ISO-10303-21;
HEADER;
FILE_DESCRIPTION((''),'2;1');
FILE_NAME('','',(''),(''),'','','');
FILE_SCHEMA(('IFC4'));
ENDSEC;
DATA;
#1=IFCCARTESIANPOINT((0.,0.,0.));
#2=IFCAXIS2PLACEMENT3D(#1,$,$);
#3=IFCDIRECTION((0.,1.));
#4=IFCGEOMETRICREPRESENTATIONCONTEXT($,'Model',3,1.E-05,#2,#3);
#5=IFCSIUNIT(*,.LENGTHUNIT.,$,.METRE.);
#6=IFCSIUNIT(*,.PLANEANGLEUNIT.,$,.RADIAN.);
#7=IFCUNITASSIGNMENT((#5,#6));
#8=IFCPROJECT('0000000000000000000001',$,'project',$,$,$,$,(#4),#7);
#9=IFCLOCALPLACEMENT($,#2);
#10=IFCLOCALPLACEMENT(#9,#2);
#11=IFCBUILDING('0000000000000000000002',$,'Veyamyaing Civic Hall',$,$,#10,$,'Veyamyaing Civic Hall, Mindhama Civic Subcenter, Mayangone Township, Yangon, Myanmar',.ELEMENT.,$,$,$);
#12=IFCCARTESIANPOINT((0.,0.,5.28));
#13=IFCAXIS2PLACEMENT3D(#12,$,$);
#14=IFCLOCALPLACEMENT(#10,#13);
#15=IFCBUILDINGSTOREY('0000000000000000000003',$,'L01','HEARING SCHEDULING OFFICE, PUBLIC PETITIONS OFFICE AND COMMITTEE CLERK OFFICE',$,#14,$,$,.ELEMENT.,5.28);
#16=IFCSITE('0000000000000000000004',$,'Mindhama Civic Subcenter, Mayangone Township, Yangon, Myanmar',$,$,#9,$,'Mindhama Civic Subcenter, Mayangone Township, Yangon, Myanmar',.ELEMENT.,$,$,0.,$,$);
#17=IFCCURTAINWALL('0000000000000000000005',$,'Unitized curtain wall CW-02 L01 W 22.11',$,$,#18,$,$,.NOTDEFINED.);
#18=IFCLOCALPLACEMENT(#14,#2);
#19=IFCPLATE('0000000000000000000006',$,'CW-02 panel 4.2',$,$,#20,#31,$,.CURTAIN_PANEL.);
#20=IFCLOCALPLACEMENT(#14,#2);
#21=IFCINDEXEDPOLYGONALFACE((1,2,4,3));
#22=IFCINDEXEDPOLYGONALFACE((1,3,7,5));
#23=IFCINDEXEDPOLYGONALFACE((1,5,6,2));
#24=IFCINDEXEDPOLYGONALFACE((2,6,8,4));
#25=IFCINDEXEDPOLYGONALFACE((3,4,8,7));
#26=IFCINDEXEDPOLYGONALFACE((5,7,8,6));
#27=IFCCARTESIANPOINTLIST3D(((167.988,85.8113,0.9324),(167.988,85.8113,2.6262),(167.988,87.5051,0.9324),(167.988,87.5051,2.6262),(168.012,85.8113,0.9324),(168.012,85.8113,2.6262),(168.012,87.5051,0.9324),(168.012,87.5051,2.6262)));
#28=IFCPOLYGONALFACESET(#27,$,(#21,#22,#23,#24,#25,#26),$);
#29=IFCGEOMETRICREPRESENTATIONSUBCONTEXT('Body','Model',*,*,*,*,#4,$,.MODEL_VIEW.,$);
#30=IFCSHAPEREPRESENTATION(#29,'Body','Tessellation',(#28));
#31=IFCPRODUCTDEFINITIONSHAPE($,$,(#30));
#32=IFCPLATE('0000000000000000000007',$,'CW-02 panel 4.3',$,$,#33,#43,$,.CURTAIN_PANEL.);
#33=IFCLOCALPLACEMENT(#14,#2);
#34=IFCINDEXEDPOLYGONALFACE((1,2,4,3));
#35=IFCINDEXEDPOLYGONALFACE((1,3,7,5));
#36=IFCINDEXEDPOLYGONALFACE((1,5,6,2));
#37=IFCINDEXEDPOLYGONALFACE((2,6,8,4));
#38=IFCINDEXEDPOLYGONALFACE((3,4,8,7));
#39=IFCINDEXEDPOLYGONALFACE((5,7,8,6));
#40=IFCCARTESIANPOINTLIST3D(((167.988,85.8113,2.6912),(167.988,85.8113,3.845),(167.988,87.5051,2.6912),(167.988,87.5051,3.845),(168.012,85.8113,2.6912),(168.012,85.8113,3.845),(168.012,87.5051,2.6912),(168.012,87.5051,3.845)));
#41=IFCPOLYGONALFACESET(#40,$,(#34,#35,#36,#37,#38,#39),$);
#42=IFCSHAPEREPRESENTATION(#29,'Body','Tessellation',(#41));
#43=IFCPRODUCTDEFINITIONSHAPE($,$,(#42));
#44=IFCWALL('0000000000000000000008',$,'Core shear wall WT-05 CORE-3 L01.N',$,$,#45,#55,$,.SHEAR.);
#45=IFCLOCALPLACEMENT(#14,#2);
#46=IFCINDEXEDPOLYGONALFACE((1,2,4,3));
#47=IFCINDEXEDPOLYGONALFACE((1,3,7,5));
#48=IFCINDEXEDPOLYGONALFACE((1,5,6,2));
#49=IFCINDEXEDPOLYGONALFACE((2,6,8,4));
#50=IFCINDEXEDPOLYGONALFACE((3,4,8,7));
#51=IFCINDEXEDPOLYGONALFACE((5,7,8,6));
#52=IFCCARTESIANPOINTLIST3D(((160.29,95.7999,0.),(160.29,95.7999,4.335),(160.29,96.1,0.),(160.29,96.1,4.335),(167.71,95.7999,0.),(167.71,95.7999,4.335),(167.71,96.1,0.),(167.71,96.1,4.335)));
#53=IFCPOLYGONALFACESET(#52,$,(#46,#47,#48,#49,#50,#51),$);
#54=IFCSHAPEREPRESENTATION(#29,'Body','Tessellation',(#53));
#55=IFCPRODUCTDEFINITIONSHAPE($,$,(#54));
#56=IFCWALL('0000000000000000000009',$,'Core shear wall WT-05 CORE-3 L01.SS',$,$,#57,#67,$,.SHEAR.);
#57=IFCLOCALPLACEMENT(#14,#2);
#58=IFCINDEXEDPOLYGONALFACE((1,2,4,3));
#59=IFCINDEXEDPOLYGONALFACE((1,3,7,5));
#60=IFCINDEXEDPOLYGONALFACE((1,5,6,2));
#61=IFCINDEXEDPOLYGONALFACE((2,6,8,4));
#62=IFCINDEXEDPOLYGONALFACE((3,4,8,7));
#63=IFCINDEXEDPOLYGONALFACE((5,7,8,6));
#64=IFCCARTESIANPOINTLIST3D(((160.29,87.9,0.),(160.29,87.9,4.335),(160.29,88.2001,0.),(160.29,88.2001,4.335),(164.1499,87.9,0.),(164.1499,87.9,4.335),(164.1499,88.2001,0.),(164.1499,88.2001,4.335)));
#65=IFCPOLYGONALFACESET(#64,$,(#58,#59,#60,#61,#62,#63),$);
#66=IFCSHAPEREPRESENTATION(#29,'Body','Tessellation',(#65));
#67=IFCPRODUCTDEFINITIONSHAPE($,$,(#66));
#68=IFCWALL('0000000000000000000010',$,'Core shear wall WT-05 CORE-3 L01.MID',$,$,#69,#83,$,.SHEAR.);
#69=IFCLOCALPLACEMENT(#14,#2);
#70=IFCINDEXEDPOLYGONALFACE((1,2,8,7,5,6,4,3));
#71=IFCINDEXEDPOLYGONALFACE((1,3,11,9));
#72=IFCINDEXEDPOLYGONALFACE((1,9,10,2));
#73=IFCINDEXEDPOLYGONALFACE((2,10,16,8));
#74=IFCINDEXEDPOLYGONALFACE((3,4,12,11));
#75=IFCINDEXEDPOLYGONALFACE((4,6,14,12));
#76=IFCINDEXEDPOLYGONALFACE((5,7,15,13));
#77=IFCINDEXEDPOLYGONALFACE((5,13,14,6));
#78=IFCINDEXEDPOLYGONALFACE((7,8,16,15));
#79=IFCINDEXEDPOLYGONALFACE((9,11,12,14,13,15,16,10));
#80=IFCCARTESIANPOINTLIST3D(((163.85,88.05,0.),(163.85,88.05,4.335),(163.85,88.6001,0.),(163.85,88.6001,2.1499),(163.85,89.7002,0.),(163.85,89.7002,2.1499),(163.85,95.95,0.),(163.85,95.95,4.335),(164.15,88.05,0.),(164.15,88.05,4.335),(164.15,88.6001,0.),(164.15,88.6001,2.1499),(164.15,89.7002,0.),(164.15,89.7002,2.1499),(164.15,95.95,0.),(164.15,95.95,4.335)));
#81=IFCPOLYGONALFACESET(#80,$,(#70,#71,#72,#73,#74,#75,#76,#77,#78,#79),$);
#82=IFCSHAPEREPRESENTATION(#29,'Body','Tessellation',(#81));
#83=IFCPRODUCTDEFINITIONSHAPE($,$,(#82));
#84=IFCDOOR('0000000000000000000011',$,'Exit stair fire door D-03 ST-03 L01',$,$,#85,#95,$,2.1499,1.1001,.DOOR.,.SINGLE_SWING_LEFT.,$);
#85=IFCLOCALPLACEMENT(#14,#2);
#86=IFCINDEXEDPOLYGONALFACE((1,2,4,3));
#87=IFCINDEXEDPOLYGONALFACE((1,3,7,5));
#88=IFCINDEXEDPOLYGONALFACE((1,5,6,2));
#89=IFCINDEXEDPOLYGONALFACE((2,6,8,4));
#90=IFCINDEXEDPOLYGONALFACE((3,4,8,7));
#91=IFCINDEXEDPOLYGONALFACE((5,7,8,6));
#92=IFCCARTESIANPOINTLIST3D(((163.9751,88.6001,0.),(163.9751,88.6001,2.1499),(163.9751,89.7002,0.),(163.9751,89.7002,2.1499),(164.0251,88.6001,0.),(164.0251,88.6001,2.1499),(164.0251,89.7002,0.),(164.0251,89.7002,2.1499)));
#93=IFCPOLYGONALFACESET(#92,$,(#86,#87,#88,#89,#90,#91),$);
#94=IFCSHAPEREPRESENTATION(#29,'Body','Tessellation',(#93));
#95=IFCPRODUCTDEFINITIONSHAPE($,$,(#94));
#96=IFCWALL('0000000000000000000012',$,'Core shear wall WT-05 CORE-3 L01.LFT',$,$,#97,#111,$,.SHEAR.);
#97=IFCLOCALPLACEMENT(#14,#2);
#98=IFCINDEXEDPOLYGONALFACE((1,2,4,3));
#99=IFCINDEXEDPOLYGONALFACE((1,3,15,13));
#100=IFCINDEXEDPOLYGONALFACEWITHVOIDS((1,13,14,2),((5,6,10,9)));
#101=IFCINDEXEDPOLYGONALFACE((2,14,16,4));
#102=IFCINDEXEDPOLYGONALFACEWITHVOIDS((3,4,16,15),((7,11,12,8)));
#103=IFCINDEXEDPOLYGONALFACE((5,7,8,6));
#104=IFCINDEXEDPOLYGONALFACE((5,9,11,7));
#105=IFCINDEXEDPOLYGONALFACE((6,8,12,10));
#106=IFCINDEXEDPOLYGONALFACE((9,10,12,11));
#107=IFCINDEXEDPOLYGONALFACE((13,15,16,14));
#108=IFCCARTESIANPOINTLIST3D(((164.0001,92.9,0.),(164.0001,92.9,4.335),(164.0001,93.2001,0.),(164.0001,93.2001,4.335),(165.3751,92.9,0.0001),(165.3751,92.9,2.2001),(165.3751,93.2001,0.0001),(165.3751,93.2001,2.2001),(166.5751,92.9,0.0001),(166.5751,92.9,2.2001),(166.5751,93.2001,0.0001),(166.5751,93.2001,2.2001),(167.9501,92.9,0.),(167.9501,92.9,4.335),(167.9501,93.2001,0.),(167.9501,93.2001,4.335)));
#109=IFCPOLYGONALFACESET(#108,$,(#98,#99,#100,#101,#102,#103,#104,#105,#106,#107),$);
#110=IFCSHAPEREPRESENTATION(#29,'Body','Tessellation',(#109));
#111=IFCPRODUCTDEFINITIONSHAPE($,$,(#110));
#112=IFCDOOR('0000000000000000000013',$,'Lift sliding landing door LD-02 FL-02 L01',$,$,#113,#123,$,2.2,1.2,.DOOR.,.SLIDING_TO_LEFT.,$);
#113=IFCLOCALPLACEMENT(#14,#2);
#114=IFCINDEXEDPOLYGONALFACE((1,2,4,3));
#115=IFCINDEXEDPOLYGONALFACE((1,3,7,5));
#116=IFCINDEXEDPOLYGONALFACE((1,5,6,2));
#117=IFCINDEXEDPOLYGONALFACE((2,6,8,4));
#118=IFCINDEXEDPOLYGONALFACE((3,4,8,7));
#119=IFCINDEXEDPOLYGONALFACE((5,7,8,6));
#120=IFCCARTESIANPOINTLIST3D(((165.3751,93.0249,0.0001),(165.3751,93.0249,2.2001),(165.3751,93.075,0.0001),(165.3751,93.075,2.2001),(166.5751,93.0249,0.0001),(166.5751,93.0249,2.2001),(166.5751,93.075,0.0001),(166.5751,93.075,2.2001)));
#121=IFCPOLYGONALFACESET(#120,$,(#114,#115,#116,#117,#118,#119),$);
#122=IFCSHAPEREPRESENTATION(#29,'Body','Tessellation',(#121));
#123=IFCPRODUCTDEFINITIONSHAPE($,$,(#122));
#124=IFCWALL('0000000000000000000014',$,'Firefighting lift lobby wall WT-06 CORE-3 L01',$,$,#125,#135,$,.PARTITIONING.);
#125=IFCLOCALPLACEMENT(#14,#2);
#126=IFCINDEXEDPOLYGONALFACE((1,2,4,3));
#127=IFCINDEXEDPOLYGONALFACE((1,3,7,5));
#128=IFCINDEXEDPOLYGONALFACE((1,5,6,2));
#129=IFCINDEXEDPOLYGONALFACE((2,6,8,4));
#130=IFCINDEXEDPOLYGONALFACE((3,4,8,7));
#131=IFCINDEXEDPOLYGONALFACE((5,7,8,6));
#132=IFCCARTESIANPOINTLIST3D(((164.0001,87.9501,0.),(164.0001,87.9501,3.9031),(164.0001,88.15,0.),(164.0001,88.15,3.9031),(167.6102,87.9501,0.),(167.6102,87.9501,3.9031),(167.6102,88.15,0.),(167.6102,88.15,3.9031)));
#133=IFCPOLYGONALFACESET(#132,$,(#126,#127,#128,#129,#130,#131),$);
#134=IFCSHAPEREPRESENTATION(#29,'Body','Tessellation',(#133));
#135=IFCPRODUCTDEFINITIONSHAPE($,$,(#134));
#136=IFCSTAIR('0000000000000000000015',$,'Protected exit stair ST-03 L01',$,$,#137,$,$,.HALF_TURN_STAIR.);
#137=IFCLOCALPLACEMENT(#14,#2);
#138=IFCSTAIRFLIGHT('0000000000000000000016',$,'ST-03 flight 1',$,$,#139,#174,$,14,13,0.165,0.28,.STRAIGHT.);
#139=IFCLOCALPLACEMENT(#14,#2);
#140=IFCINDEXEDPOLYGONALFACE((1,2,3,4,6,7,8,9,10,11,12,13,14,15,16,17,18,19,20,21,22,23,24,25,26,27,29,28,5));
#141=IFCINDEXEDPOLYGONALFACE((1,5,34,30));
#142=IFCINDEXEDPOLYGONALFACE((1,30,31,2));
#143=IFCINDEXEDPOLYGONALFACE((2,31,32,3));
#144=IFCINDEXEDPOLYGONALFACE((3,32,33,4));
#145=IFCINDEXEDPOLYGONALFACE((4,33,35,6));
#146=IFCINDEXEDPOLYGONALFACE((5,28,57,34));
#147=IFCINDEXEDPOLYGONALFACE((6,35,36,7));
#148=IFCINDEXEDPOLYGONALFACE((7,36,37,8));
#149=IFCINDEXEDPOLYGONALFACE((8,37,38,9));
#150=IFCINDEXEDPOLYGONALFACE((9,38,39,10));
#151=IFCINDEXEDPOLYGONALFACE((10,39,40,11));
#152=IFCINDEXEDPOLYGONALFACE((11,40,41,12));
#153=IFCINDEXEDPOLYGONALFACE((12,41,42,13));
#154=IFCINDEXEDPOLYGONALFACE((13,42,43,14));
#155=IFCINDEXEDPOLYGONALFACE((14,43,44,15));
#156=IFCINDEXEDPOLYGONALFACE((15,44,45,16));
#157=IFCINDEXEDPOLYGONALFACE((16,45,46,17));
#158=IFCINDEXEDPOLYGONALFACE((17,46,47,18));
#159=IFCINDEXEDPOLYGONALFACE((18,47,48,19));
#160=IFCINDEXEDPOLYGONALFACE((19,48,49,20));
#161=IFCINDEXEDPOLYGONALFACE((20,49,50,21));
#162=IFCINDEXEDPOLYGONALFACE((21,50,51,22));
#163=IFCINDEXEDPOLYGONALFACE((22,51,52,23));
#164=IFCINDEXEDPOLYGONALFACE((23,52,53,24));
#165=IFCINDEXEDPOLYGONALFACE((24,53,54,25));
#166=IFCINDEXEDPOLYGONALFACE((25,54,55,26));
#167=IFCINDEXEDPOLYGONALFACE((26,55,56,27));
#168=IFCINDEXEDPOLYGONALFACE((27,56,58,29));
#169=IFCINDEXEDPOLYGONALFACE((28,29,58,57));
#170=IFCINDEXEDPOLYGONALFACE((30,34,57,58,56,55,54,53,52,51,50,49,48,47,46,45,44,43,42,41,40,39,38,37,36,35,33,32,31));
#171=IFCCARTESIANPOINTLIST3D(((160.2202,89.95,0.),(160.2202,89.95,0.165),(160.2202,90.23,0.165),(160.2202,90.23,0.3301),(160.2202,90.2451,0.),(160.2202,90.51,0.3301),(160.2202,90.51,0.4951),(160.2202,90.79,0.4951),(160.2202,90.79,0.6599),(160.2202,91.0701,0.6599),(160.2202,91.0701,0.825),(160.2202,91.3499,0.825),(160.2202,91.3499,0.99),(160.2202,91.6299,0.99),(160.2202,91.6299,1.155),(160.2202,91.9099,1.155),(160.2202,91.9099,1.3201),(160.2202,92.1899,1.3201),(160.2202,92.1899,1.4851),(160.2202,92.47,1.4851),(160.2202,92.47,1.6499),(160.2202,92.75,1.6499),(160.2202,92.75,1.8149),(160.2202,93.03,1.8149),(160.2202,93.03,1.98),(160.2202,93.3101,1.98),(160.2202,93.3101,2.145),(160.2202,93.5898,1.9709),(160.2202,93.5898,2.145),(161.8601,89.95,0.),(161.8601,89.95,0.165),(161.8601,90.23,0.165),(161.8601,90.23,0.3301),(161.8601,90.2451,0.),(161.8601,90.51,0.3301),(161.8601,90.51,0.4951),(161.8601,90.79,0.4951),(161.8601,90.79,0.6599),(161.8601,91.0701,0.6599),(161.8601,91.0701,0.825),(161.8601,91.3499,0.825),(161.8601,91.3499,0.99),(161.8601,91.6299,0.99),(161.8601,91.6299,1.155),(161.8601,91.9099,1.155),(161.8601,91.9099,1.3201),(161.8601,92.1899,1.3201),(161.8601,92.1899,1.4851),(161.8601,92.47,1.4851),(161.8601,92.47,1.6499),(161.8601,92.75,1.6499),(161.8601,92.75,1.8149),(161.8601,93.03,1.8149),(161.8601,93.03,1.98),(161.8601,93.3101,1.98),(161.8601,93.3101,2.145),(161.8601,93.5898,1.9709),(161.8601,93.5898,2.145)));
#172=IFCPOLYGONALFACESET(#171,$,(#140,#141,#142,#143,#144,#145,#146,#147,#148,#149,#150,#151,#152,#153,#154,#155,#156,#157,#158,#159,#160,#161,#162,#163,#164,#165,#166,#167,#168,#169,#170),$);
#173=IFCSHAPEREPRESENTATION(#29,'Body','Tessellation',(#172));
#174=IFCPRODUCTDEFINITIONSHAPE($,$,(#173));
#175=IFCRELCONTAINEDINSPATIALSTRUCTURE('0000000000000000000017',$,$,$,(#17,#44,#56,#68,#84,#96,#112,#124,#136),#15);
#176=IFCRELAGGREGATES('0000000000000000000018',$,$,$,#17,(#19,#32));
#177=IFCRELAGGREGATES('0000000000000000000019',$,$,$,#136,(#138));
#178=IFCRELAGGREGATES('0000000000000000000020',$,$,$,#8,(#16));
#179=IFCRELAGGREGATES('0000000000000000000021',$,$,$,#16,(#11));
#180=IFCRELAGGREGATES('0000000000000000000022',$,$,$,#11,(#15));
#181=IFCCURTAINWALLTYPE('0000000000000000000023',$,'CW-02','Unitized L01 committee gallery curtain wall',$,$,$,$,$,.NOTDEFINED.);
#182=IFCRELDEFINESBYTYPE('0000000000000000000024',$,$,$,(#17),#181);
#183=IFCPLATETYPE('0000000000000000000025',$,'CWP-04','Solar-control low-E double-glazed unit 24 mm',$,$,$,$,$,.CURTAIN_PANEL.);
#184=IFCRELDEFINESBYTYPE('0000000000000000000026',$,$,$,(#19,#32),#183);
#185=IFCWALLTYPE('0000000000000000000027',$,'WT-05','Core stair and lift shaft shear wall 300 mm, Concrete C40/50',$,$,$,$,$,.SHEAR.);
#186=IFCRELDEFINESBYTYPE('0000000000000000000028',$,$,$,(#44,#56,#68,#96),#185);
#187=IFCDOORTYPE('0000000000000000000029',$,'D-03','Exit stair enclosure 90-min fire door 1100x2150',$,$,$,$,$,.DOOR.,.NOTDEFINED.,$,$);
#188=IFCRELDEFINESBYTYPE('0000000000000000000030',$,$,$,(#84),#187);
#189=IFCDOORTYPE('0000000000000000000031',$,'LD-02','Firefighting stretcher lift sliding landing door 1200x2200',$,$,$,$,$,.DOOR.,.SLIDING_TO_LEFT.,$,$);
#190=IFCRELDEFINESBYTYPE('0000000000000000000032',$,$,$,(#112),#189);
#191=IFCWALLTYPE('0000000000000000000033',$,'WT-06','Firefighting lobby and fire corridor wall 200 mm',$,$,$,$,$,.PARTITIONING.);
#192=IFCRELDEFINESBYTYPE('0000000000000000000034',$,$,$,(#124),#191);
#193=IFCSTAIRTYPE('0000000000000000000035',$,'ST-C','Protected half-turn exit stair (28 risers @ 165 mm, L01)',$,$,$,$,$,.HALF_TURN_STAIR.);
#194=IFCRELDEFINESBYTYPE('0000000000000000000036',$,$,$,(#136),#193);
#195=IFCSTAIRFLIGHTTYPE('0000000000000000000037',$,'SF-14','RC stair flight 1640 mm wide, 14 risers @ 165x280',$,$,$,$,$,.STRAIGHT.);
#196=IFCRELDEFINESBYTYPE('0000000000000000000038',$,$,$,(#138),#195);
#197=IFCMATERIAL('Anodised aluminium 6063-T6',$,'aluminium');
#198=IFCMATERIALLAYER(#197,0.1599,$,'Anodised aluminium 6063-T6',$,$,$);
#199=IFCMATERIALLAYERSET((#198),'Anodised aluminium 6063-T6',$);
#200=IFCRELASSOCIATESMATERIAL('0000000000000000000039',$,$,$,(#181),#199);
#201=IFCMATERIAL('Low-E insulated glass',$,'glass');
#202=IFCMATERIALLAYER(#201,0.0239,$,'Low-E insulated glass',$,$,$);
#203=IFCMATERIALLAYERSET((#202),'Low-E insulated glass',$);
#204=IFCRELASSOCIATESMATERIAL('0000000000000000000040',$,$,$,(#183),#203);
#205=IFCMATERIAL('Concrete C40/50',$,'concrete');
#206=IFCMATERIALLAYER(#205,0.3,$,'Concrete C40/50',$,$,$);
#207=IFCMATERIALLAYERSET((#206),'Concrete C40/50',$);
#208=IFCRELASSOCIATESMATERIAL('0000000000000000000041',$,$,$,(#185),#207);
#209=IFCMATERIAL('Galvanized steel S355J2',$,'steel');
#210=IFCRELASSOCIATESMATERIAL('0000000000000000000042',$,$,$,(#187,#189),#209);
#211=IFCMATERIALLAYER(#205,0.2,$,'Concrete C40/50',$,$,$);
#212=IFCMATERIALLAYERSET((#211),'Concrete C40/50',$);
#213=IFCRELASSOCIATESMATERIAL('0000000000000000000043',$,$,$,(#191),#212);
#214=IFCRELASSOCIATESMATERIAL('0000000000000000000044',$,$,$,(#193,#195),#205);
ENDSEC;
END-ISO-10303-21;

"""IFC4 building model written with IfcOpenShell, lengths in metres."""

from ifc_helpers import new_model, si_unit, direction, frame, frame_2d, origin, origin_2d, place, context, subcontext, project, spatial, polyline, rectangle, outline, extrude, material, layer, layer_set, type_object, element, fill, aggregate, save


model = new_model("IFC4")

# Units and contexts
model_context = context("Model", 3, precision=1e-05, world=origin(), true_north=direction((0.0, 1.0)))
body_context = subcontext(model_context, "Body", "Model", "MODEL_VIEW")
ifc_project = project(units=[si_unit("LENGTHUNIT", "METRE"), si_unit("PLANEANGLEUNIT", "RADIAN")], contexts=[model_context])

# Site, building, storey
site_placement = place(None, origin())
site = spatial("IfcSite", under=ifc_project, at=site_placement, Name="Mindhama Civic Subcenter, Mayangone Township, Yangon, Myanmar", LongName="Mindhama Civic Subcenter, Mayangone Township, Yangon, Myanmar", CompositionType="ELEMENT", RefElevation=0.0)
building_placement = place(site_placement, origin())
building = spatial("IfcBuilding", under=site, at=building_placement, Name="Veyamyaing Civic Hall", LongName="Veyamyaing Civic Hall, Mindhama Civic Subcenter, Mayangone Township, Yangon, Myanmar", CompositionType="ELEMENT")
storey_placement = place(building_placement, frame((0.0, 0.0, 5.28)))
storey = spatial("IfcBuildingStorey", under=building, at=storey_placement, Name="L01", Description="HEARING SCHEDULING OFFICE, PUBLIC PETITIONS OFFICE AND COMMITTEE CLERK OFFICE", CompositionType="ELEMENT", Elevation=5.28)

# Curtain wall
ifc_material_1 = material(Name="Anodised aluminium 6063-T6", Category="aluminium")
ifc_layer_1 = layer(ifc_material_1, 0.1599, Name="Anodised aluminium 6063-T6")
ifc_layer_set_1 = layer_set([ifc_layer_1], Name="Anodised aluminium 6063-T6")
curtain_wall_type = type_object("IfcCurtainWallType", Name="CW-02", Description="Unitized L01 committee gallery curtain wall", PredefinedType="NOTDEFINED", material=ifc_layer_set_1)
curtain_wall_placement = place(storey_placement, origin())
curtain_wall = element("IfcCurtainWall", 1, at=curtain_wall_placement, inside=storey, type_object=curtain_wall_type, Name="Unitized curtain wall CW-02 L01 W 22.11", PredefinedType="NOTDEFINED")

# Plates
ifc_material_2 = material(Name="Low-E insulated glass", Category="glass")
ifc_layer_2 = layer(ifc_material_2, 0.0239, Name="Low-E insulated glass")
ifc_layer_set_2 = layer_set([ifc_layer_2], Name="Low-E insulated glass")
plate_type = type_object("IfcPlateType", Name="CWP-04", Description="Solar-control low-E double-glazed unit 24 mm", PredefinedType="CURTAIN_PANEL", material=ifc_layer_set_2)
plate_1_placement = place(storey_placement, frame((168.0, 86.6582, 0.9324), z_axis=(0.0, 0.0, 1.0), x_axis=(0.0, 1.0, 0.0)))
plate_1 = element("IfcPlate", 2, at=plate_1_placement, type_object=plate_type, Name="CW-02 panel 4.2", PredefinedType="CURTAIN_PANEL", context=body_context, shape_type="SweptSolid", body=[
    extrude(rectangle(XDim=1.6938, YDim=0.0239, at=origin_2d()), origin(), (0.0, 0.0, 1.0), 1.6938),
])
plate_2_placement = place(storey_placement, frame((168.0, 86.6582, 2.6912), z_axis=(0.0, 0.0, 1.0), x_axis=(0.0, 1.0, 0.0)))
plate_2 = element("IfcPlate", 3, at=plate_2_placement, type_object=plate_type, Name="CW-02 panel 4.3", PredefinedType="CURTAIN_PANEL", context=body_context, shape_type="SweptSolid", body=[
    extrude(rectangle(XDim=1.6938, YDim=0.0239, at=origin_2d()), origin(), (0.0, 0.0, 1.0), 1.1538),
])
aggregate(curtain_wall, [plate_1, plate_2])

# Wall
ifc_material_3 = material(Name="Concrete C40/50", Category="concrete")
ifc_layer_3 = layer(ifc_material_3, 0.3, Name="Concrete C40/50")
ifc_layer_set_3 = layer_set([ifc_layer_3], Name="Concrete C40/50")
wall_type_1 = type_object("IfcWallType", Name="WT-05", Description="Core stair and lift shaft shear wall 300 mm, Concrete C40/50", PredefinedType="SHEAR", material=ifc_layer_set_3)
wall_1_placement = place(storey_placement, frame((160.29, 95.95, 0.0), z_axis=(0.0, 0.0, 1.0), x_axis=(1.0, 0.0, 0.0)))
element("IfcWall", 4, at=wall_1_placement, inside=storey, type_object=wall_type_1, Name="Core shear wall WT-05 CORE-3 L01.N", PredefinedType="SHEAR", context=body_context, shape_type="SweptSolid", body=[
    extrude(rectangle(XDim=7.4199, YDim=0.3, at=frame_2d((3.71, 0.0))), origin(), (0.0, 0.0, 1.0), 4.335),
])

# Shared definitions
ifc_material_4 = material(Name="Galvanized steel S355J2", Category="steel")

# Wall
wall_2_placement = place(storey_placement, frame((160.29, 88.05, 0.0), z_axis=(0.0, 0.0, 1.0), x_axis=(1.0, 0.0, 0.0)))
element("IfcWall", 5, at=wall_2_placement, inside=storey, type_object=wall_type_1, Name="Core shear wall WT-05 CORE-3 L01.SS", PredefinedType="SHEAR", context=body_context, shape_type="SweptSolid", body=[
    extrude(rectangle(XDim=3.8599, YDim=0.3, at=frame_2d((1.9299, 0.0))), origin(), (0.0, 0.0, 1.0), 4.335),
])

# Walls, openings, doors
wall_3_placement = place(storey_placement, frame((164.0, 88.05, 0.0), z_axis=(0.0, 0.0, 1.0), x_axis=(0.0, 1.0, 0.0)))
wall_3 = element("IfcWall", 6, at=wall_3_placement, inside=storey, type_object=wall_type_1, Name="Core shear wall WT-05 CORE-3 L01.MID", PredefinedType="SHEAR", context=body_context, shape_type="SweptSolid", body=[
    extrude(rectangle(XDim=7.8999, YDim=0.3, at=frame_2d((3.95, 0.0))), origin(), (0.0, 0.0, 1.0), 4.335),
])
opening_1_placement = place(wall_3_placement, frame((0.55, 0.0, 0.0)))
opening_1 = element("IfcOpeningElement", 7, at=opening_1_placement, cuts=wall_3, PredefinedType="OPENING", context=body_context, shape_type="SweptSolid", body=[
    extrude(rectangle(XDim=1.1001, YDim=2.1499, at=frame_2d((0.55, 1.075))), frame((0.0, 0.1599, 0.0), z_axis=(0.0, -1.0, 0.0), x_axis=(1.0, 0.0, 0.0)), (0.0, 0.0, 1.0), 0.3201),
])
door_type_1 = type_object("IfcDoorType", Name="D-03", Description="Exit stair enclosure 90-min fire door 1100x2150", OperationType="NOTDEFINED", PredefinedType="DOOR", material=ifc_material_4)
door_1_placement = place(opening_1_placement, origin())
door_1 = element("IfcDoor", 8, at=door_1_placement, inside=storey, type_object=door_type_1, Name="Exit stair fire door D-03 ST-03 L01", OperationType="SINGLE_SWING_LEFT", OverallHeight=2.1499, OverallWidth=1.1001, PredefinedType="DOOR", context=body_context, shape_type="SweptSolid", body=[
    extrude(rectangle(XDim=1.1001, YDim=2.1499, at=frame_2d((0.55, 1.075))), frame((0.0, 0.0249, 0.0), z_axis=(0.0, -1.0, 0.0), x_axis=(1.0, 0.0, 0.0)), (0.0, 0.0, 1.0), 0.05),
])
fill(opening_1, door_1)
wall_4_placement = place(storey_placement, frame((164.0, 93.05, 0.0), z_axis=(0.0, 0.0, 1.0), x_axis=(1.0, 0.0, 0.0)))
wall_4 = element("IfcWall", 9, at=wall_4_placement, inside=storey, type_object=wall_type_1, Name="Core shear wall WT-05 CORE-3 L01.LFT", PredefinedType="SHEAR", context=body_context, shape_type="SweptSolid", body=[
    extrude(rectangle(XDim=3.95, YDim=0.3, at=frame_2d((1.9751, 0.0))), origin(), (0.0, 0.0, 1.0), 4.335),
])
opening_2_placement = place(wall_4_placement, frame((1.375, 0.0, 0.0)))
opening_2 = element("IfcOpeningElement", 10, at=opening_2_placement, cuts=wall_4, PredefinedType="OPENING", context=body_context, shape_type="SweptSolid", body=[
    extrude(rectangle(XDim=1.2, YDim=2.2, at=frame_2d((0.6001, 1.1001))), frame((0.0, 0.1599, 0.0), z_axis=(0.0, -1.0, 0.0), x_axis=(1.0, 0.0, 0.0)), (0.0, 0.0, 1.0), 0.3201),
])
door_type_2 = type_object("IfcDoorType", Name="LD-02", Description="Firefighting stretcher lift sliding landing door 1200x2200", OperationType="SLIDING_TO_LEFT", PredefinedType="DOOR", material=ifc_material_4)
door_2_placement = place(opening_2_placement, origin())
door_2 = element("IfcDoor", 11, at=door_2_placement, inside=storey, type_object=door_type_2, Name="Lift sliding landing door LD-02 FL-02 L01", OperationType="SLIDING_TO_LEFT", OverallHeight=2.2, OverallWidth=1.2, PredefinedType="DOOR", context=body_context, shape_type="SweptSolid", body=[
    extrude(rectangle(XDim=1.2, YDim=2.2, at=frame_2d((0.6001, 1.1001))), frame((0.0, 0.0249, 0.0), z_axis=(0.0, -1.0, 0.0), x_axis=(1.0, 0.0, 0.0)), (0.0, 0.0, 1.0), 0.05),
])
fill(opening_2, door_2)

# Wall
ifc_layer_4 = layer(ifc_material_3, 0.2, Name="Concrete C40/50")
ifc_layer_set_4 = layer_set([ifc_layer_4], Name="Concrete C40/50")
wall_type_2 = type_object("IfcWallType", Name="WT-06", Description="Firefighting lobby and fire corridor wall 200 mm", PredefinedType="PARTITIONING", material=ifc_layer_set_4)
wall_5_placement = place(storey_placement, frame((164.0, 88.05, 0.0), z_axis=(0.0, 0.0, 1.0), x_axis=(1.0, 0.0, 0.0)))
element("IfcWall", 12, at=wall_5_placement, inside=storey, type_object=wall_type_2, Name="Firefighting lift lobby wall WT-06 CORE-3 L01", PredefinedType="PARTITIONING", context=body_context, shape_type="SweptSolid", body=[
    extrude(rectangle(XDim=3.6101, YDim=0.2, at=frame_2d((1.8052, 0.0))), origin(), (0.0, 0.0, 1.0), 3.9031),
])

# Stair, stair flight
stair_type = type_object("IfcStairType", Name="ST-C", Description="Protected half-turn exit stair (28 risers @ 165 mm, L01)", PredefinedType="HALF_TURN_STAIR", material=ifc_material_3)
stair_placement = place(storey_placement, origin())
stair = element("IfcStair", 13, at=stair_placement, inside=storey, type_object=stair_type, Name="Protected exit stair ST-03 L01", PredefinedType="HALF_TURN_STAIR")
stair_flight_type = type_object("IfcStairFlightType", Name="SF-14", Description="RC stair flight 1640 mm wide, 14 risers @ 165x280", PredefinedType="STRAIGHT", material=ifc_material_3)
stair_flight_1_placement = place(storey_placement, frame((161.04, 89.95, 0.0), z_axis=(0.0, 0.0, 1.0), x_axis=(0.0, 1.0, 0.0)))
stair_flight_1 = element("IfcStairFlight", 14, at=stair_flight_1_placement, type_object=stair_flight_type, Name="ST-03 flight 1", NumberOfRisers=14, NumberOfTreads=13, PredefinedType="STRAIGHT", RiserHeight=0.165, TreadLength=0.28, context=body_context, shape_type="SweptSolid", body=[
    extrude(outline(polyline([(0.0, 0.0), (0.0, 0.165), (0.28, 0.165), (0.28, 0.3301), (0.5601, 0.3301), (0.5601, 0.4951), (0.8401, 0.4951), (0.8401, 0.6599), (1.1201, 0.6599), (1.1201, 0.825), (1.3999, 0.825), (1.3999, 0.99), (1.6799, 0.99), (1.6799, 1.155), (1.96, 1.155), (1.96, 1.3201), (2.24, 1.3201), (2.24, 1.4851), (2.52, 1.4851), (2.52, 1.6499), (2.8, 1.6499), (2.8, 1.8149), (3.0801, 1.8149), (3.0801, 1.98), (3.3601, 1.98), (3.3601, 2.145), (3.6399, 2.145), (3.6399, 2.3101), (3.6399, 1.9709), (0.2952, 0.0), (0.0, 0.0)])), frame((0.0, 0.8198, 0.0), z_axis=(0.0, -1.0, 0.0), x_axis=(1.0, 0.0, 0.0)), (0.0, 0.0, 1.0), 1.6399),
])
aggregate(stair, [stair_flight_1])

save(model, "model.ifc")
